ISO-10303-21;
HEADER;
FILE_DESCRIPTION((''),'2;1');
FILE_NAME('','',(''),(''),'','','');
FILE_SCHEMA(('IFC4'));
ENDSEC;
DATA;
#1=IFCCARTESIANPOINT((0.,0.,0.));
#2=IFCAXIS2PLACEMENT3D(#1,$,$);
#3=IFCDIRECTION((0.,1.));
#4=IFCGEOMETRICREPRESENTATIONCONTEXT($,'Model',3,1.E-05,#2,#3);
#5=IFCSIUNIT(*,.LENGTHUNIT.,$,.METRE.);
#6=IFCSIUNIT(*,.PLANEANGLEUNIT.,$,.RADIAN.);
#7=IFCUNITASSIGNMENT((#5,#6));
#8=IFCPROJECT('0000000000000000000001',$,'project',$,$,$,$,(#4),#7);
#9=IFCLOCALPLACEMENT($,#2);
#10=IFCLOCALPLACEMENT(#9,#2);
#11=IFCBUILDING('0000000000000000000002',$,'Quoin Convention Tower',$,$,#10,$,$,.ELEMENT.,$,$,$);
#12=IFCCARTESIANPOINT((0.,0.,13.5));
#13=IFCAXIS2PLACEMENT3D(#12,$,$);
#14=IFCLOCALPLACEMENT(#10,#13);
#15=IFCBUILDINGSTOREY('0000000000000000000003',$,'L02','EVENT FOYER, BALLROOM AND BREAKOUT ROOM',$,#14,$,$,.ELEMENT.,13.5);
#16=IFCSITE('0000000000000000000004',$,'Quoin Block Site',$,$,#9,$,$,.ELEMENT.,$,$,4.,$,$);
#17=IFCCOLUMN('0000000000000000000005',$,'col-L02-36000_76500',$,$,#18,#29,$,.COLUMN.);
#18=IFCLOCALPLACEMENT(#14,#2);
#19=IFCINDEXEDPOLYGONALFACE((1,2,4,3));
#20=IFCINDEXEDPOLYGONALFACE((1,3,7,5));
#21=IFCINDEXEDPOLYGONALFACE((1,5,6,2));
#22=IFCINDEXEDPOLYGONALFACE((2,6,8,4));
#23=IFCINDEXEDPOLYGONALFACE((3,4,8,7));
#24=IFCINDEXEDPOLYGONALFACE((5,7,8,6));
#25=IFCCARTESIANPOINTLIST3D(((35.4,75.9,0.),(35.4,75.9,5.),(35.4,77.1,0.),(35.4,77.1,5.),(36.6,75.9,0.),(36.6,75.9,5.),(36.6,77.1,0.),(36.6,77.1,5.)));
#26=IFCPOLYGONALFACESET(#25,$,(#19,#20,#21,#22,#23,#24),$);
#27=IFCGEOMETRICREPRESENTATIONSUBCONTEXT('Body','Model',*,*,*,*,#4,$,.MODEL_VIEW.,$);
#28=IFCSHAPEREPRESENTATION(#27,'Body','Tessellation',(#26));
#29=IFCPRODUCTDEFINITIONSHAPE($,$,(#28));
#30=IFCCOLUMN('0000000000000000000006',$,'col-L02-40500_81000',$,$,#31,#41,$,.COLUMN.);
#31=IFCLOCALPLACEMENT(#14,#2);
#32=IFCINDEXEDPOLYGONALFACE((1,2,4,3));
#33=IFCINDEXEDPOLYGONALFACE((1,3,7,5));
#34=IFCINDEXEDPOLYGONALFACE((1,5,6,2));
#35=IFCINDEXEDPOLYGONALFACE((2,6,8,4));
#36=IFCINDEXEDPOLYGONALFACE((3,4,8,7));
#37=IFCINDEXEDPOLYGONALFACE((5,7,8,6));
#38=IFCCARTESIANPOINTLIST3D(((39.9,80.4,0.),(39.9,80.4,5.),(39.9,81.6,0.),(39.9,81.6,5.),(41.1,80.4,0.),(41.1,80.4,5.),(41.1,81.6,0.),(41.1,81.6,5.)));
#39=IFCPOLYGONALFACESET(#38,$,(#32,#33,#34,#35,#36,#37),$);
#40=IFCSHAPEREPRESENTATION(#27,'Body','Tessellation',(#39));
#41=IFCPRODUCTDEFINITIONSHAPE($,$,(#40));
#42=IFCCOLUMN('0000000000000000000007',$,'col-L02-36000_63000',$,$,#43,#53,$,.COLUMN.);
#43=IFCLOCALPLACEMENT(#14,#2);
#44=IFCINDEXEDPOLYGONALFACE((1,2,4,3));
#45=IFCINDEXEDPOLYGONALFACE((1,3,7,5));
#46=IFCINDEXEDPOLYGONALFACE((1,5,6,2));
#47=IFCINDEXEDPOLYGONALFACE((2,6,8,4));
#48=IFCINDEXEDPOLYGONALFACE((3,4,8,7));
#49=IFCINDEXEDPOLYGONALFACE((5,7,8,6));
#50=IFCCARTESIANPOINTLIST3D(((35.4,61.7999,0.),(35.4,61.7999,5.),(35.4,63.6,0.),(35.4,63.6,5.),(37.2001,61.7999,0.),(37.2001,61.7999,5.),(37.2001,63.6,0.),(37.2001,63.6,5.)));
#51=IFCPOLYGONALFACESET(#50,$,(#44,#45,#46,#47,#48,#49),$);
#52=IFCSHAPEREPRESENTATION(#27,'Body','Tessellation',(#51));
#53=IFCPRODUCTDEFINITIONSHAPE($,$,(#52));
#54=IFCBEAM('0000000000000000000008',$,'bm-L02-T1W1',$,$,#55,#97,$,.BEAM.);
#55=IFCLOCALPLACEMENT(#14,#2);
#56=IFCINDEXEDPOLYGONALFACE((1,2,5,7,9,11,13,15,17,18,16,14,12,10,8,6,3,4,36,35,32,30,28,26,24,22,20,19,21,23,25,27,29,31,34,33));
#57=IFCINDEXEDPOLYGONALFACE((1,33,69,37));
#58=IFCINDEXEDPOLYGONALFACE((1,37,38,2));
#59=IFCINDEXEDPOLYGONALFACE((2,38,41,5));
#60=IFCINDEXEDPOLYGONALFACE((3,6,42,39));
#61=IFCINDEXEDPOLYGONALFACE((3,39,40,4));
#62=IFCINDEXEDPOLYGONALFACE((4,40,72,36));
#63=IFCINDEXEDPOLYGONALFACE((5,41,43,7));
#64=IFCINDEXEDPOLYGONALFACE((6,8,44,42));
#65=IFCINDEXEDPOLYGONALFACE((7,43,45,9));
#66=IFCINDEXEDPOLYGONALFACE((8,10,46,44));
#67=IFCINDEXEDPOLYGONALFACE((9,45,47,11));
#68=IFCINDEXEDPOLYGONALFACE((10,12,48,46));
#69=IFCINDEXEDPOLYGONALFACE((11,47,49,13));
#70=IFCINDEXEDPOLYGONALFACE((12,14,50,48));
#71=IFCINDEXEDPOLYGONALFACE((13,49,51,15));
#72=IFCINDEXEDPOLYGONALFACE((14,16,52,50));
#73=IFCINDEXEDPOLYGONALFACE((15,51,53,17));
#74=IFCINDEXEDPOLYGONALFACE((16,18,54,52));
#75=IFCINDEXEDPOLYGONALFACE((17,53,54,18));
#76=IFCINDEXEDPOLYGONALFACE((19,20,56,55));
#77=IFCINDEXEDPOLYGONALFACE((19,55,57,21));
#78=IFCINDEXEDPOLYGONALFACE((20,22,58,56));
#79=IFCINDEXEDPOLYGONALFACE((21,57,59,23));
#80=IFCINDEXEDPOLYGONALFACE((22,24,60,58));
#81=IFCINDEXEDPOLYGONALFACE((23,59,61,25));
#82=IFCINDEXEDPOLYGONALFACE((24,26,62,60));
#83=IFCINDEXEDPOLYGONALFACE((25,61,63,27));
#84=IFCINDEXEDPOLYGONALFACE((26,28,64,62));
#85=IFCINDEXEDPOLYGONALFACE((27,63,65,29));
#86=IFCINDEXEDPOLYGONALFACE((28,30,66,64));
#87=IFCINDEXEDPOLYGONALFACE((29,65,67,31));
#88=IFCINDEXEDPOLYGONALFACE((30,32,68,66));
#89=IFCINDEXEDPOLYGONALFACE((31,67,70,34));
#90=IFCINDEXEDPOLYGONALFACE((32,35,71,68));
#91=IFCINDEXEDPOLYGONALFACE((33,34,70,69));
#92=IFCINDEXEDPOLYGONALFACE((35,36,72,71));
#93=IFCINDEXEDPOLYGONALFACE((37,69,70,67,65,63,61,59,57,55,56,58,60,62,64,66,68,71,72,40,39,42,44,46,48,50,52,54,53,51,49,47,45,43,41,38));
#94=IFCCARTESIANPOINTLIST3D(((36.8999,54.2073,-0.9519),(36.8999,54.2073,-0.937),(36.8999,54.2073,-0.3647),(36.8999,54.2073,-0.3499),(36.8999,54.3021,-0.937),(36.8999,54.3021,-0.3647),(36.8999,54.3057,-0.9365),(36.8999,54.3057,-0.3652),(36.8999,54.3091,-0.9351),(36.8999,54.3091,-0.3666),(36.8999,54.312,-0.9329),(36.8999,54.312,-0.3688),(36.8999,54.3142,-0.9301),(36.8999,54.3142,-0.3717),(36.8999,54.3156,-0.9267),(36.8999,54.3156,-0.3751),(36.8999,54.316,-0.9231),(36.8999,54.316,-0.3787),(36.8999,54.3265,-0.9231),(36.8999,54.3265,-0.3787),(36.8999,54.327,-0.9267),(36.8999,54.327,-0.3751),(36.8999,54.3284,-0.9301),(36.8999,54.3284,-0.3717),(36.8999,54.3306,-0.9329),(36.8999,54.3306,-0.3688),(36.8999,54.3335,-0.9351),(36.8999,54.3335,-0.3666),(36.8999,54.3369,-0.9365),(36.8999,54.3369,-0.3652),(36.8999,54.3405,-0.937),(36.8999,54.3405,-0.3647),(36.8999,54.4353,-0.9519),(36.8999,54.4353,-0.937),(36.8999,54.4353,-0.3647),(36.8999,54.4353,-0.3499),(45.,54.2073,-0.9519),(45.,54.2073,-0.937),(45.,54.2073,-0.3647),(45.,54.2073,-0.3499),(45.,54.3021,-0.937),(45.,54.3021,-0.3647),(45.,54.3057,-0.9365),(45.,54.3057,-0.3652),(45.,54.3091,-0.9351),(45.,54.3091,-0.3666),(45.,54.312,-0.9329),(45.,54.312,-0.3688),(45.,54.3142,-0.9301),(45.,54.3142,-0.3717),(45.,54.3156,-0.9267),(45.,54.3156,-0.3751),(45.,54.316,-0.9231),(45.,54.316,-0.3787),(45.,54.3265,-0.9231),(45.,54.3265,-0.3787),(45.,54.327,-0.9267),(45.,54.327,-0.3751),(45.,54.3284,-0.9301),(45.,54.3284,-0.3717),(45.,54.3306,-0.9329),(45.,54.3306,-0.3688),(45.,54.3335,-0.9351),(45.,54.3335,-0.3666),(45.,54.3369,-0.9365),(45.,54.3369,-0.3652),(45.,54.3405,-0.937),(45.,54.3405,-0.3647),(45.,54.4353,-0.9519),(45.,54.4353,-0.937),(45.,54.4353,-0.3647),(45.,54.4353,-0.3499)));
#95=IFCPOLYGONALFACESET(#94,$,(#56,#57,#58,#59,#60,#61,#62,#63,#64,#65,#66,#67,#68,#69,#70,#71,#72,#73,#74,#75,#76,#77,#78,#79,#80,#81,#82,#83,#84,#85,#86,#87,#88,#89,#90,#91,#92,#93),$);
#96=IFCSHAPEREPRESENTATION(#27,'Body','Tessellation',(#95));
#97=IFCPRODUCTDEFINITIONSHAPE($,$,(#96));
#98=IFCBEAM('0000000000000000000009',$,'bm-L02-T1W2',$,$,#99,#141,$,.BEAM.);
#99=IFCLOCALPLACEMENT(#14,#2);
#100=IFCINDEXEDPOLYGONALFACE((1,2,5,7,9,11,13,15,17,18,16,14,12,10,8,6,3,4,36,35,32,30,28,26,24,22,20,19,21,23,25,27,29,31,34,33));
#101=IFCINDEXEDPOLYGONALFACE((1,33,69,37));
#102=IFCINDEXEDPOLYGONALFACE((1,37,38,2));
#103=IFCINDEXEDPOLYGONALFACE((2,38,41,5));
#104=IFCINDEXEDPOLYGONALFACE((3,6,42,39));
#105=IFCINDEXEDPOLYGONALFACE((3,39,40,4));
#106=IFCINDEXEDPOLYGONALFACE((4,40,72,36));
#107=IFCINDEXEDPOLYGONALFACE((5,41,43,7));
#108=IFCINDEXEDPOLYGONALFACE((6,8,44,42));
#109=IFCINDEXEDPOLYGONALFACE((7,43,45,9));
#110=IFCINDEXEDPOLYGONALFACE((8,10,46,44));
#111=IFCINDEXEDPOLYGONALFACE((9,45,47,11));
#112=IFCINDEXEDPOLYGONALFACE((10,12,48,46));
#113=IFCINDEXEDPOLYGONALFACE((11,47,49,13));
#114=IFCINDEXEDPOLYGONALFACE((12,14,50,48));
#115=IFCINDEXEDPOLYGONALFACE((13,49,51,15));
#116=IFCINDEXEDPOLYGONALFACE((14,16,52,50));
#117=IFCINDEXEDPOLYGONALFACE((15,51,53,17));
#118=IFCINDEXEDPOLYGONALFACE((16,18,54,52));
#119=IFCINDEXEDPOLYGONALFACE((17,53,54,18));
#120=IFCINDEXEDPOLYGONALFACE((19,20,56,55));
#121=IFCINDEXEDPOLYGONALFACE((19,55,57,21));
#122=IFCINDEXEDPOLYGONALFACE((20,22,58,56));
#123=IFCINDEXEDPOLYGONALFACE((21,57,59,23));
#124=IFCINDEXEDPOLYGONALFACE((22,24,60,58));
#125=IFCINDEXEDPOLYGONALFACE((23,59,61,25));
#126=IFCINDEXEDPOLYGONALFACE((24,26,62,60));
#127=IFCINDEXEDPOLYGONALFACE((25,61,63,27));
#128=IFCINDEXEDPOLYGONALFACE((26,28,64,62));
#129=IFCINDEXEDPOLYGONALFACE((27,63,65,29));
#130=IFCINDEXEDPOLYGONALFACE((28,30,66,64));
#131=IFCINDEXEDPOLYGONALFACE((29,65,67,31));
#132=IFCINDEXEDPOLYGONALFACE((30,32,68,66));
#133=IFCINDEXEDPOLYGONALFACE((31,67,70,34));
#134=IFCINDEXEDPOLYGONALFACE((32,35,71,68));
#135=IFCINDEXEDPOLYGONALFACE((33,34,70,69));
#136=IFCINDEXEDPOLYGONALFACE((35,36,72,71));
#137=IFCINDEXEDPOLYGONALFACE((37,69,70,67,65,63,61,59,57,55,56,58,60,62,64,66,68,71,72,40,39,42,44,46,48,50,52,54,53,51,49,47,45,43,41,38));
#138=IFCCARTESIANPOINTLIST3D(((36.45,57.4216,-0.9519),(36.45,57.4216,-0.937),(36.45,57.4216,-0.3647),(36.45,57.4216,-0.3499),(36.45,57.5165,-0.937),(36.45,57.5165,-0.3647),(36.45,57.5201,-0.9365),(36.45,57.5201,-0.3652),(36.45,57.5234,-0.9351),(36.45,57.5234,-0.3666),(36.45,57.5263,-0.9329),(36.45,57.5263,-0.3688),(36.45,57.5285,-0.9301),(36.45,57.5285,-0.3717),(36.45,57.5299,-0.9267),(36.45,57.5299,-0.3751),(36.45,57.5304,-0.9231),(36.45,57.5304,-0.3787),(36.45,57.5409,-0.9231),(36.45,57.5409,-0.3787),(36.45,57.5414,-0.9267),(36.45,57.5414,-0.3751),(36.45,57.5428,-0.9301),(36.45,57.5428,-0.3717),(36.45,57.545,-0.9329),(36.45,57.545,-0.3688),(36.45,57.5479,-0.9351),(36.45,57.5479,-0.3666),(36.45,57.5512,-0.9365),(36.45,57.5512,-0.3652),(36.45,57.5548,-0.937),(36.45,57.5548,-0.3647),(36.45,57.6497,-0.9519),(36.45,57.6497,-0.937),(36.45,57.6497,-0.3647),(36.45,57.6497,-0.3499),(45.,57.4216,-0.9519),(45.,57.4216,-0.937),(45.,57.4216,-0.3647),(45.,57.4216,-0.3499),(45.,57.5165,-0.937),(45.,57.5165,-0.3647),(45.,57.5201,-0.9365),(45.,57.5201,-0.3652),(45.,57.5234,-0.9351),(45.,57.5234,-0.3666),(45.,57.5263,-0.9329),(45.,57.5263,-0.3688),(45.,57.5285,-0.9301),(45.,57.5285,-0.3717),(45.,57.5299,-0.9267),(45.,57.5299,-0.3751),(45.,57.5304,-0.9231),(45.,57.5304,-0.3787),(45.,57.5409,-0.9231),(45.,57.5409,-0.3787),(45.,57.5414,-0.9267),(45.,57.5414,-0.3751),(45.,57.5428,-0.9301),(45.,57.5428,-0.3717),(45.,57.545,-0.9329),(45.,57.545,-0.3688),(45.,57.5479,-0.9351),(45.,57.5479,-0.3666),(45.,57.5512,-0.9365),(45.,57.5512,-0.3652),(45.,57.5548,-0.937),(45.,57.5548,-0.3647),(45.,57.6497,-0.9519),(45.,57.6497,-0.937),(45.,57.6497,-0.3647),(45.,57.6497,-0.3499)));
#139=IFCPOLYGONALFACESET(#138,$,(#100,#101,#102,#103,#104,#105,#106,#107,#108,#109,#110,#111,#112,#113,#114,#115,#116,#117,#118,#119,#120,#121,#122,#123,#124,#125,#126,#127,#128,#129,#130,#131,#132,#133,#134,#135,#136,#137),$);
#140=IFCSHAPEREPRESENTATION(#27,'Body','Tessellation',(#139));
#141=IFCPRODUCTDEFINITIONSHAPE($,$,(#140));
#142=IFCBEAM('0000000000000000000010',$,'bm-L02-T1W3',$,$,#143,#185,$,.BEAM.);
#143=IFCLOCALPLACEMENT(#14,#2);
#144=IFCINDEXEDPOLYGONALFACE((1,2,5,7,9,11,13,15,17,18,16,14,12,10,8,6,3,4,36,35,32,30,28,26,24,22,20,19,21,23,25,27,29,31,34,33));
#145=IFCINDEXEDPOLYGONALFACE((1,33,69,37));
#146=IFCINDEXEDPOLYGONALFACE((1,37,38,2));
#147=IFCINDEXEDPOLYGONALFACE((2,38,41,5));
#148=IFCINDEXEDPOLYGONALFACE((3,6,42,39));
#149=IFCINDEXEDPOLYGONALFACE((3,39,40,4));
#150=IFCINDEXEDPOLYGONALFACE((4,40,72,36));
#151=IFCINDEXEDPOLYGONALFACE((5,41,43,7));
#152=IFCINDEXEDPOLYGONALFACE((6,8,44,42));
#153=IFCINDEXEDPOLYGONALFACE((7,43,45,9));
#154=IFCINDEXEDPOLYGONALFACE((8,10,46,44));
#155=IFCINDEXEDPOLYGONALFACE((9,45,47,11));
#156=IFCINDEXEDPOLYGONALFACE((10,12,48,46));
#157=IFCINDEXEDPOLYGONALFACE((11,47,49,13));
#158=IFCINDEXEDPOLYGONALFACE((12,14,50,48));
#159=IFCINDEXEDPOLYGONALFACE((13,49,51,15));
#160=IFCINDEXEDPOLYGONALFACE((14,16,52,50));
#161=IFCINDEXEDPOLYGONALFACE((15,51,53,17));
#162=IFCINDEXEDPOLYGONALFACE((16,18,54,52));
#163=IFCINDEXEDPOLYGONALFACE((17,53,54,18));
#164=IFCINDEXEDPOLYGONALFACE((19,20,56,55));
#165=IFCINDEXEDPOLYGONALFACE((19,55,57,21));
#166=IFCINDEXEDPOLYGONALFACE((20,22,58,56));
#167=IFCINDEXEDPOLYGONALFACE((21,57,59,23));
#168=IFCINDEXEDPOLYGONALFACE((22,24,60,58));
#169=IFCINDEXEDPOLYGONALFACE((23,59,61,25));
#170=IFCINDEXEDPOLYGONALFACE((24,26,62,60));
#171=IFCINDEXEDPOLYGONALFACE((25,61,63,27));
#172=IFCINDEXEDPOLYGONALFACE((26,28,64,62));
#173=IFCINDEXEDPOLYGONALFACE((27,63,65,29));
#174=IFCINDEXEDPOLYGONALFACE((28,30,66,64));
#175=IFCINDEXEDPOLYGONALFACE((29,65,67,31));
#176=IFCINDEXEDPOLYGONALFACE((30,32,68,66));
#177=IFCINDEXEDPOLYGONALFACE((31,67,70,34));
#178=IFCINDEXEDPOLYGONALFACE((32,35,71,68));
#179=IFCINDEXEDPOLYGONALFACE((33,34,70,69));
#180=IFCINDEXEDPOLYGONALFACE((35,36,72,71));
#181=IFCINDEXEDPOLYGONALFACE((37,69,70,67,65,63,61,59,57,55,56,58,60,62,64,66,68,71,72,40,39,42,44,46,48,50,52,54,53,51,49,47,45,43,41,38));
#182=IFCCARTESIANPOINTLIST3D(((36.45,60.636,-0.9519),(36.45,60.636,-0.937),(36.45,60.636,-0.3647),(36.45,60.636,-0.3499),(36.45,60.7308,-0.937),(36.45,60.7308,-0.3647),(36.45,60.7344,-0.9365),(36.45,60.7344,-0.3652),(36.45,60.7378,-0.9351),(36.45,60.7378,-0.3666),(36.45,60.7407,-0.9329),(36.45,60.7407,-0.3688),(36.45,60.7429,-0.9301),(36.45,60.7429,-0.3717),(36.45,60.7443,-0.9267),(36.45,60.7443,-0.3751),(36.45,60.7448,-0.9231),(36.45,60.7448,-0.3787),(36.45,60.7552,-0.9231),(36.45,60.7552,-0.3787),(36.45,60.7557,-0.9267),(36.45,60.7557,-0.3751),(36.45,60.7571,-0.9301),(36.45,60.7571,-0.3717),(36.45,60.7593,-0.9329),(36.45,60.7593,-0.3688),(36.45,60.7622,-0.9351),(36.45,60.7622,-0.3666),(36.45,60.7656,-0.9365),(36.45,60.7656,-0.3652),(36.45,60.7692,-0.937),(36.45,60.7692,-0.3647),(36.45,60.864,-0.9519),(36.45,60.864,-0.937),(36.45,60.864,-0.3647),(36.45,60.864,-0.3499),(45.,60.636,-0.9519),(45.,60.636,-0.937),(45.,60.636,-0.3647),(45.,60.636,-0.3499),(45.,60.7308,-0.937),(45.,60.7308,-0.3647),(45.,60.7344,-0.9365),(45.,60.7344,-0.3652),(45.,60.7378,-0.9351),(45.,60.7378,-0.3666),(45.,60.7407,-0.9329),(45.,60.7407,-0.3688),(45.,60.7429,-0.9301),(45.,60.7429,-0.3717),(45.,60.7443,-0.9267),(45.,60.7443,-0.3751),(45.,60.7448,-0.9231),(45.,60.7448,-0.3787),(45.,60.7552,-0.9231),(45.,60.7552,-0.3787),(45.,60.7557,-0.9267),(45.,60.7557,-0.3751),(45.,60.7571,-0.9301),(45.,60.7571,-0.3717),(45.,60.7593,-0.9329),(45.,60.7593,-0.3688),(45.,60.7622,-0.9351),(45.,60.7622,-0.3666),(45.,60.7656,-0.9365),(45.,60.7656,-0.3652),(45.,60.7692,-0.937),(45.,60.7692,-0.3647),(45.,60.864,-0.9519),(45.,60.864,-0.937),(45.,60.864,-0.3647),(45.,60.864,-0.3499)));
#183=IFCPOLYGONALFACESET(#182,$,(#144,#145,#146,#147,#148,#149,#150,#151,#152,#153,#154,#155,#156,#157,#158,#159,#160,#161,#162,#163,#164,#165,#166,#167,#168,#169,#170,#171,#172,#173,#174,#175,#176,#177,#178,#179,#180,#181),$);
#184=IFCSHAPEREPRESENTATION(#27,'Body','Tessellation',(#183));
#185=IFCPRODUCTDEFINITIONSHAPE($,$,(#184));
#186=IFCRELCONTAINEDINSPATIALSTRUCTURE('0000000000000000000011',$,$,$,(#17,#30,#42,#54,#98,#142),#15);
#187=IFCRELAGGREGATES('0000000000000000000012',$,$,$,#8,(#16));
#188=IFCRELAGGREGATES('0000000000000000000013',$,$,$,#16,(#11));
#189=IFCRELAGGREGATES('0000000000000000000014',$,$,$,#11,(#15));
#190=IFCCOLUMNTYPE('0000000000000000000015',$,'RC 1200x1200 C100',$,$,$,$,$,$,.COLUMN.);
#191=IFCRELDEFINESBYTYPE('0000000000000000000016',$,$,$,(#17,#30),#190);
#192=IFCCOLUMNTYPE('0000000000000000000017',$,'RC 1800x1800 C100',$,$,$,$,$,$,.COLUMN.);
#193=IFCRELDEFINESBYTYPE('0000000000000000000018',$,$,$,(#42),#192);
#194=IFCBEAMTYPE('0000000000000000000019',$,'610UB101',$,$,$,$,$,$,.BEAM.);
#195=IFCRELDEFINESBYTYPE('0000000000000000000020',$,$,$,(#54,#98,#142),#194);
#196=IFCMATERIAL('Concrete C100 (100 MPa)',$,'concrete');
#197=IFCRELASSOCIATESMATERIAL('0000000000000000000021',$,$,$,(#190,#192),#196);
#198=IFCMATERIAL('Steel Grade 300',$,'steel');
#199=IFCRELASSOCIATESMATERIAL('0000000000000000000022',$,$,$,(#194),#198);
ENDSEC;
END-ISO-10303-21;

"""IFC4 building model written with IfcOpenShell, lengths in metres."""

from ifc_helpers import new_model, si_unit, direction, frame, origin, origin_2d, place, context, subcontext, project, spatial, rectangle, i_section, extrude, material, material_profile, profile_set, type_object, element, save


model = new_model("IFC4")

# Units and contexts
model_context = context("Model", 3, precision=1e-05, world=origin(), true_north=direction((0.0, 1.0)))
body_context = subcontext(model_context, "Body", "Model", "MODEL_VIEW")
ifc_project = project(units=[si_unit("LENGTHUNIT", "METRE"), si_unit("PLANEANGLEUNIT", "RADIAN")], contexts=[model_context])

# Site, building, storey
site_placement = place(None, origin())
site = spatial("IfcSite", under=ifc_project, at=site_placement, Name="Quoin Block Site", CompositionType="ELEMENT", RefElevation=4.0)
building_placement = place(site_placement, origin())
building = spatial("IfcBuilding", under=site, at=building_placement, Name="Quoin Convention Tower", CompositionType="ELEMENT")
storey_placement = place(building_placement, frame((0.0, 0.0, 13.5)))
storey = spatial("IfcBuildingStorey", under=building, at=storey_placement, Name="L02", Description="EVENT FOYER, BALLROOM AND BREAKOUT ROOM", CompositionType="ELEMENT", Elevation=13.5)

# Columns
ifc_material_1 = material(Name="Concrete C100 (100 MPa)", Category="concrete")
ifc_material_profile_1 = material_profile(ifc_material_1, rectangle(XDim=1.2, YDim=1.2, at=origin_2d()), Name="RC 1200x1200")
ifc_profile_set_1 = profile_set([ifc_material_profile_1], Name="Concrete C100 (100 MPa)")
column_type_1 = type_object("IfcColumnType", Name="RC 1200x1200 C100", PredefinedType="COLUMN", material=ifc_profile_set_1)
for number, where, z_axis, x_axis, name in (
    (1, (36.0, 76.5, 0.0), (0.0, 0.0, 1.0), (1.0, 0.0, 0.0), "col-L02-36000_76500"),
    (2, (40.5, 81.0, 0.0), (0.0, 0.0, 1.0), (1.0, 0.0, 0.0), "col-L02-40500_81000"),
):
    element("IfcColumn", number, at=place(storey_placement, frame(where, z_axis=z_axis, x_axis=x_axis)), inside=storey, type_object=column_type_1, Name=name, PredefinedType="COLUMN", context=body_context, shape_type="SweptSolid", body=[
        extrude(rectangle(XDim=1.2, YDim=1.2, at=origin_2d()), origin(), (0.0, 0.0, 1.0), 5.0),
    ])
ifc_material_profile_2 = material_profile(ifc_material_1, rectangle(XDim=1.8, YDim=1.8, at=origin_2d()), Name="RC 1800x1800")
ifc_profile_set_2 = profile_set([ifc_material_profile_2], Name="Concrete C100 (100 MPa)")
column_type_2 = type_object("IfcColumnType", Name="RC 1800x1800 C100", PredefinedType="COLUMN", material=ifc_profile_set_2)
column_placement = place(storey_placement, frame((36.3, 62.7, 0.0), z_axis=(0.0, 0.0, 1.0), x_axis=(1.0, 0.0, 0.0)))
element("IfcColumn", 3, at=column_placement, inside=storey, type_object=column_type_2, Name="col-L02-36000_63000", PredefinedType="COLUMN", context=body_context, shape_type="SweptSolid", body=[
    extrude(rectangle(XDim=1.8, YDim=1.8, at=origin_2d()), origin(), (0.0, 0.0, 1.0), 5.0),
])

# Beams
ifc_material_2 = material(Name="Steel Grade 300", Category="steel")
ifc_material_profile_3 = material_profile(ifc_material_2, i_section(OverallWidth=0.228, OverallDepth=0.6021, WebThickness=0.0105, FlangeThickness=0.0149, FilletRadius=0.0139, at=origin_2d()), Name="610UB101")
ifc_profile_set_3 = profile_set([ifc_material_profile_3], Name="Steel Grade 300")
beam_type_1 = type_object("IfcBeamType", Name="610UB101", PredefinedType="BEAM", material=ifc_profile_set_3)
beam_1_placement = place(storey_placement, frame((36.8999, 54.3213, -0.6509), z_axis=(1.0, 0.0, 0.0), x_axis=(0.0, 1.0, 0.0)))
element("IfcBeam", 4, at=beam_1_placement, inside=storey, type_object=beam_type_1, Name="bm-L02-T1W1", PredefinedType="BEAM", context=body_context, shape_type="SweptSolid", body=[
    extrude(i_section(OverallWidth=0.228, OverallDepth=0.6021, WebThickness=0.0105, FlangeThickness=0.0149, FilletRadius=0.0139, at=origin_2d()), origin(), (0.0, 0.0, 1.0), 8.1001),
])
for number, where, z_axis, x_axis, name in (
    (5, (36.45, 57.5356, -0.6509), (1.0, 0.0, 0.0), (0.0, 1.0, 0.0), "bm-L02-T1W2"),
    (6, (36.45, 60.75, -0.6509), (1.0, 0.0, 0.0), (0.0, 1.0, 0.0), "bm-L02-T1W3"),
):
    element("IfcBeam", number, at=place(storey_placement, frame(where, z_axis=z_axis, x_axis=x_axis)), inside=storey, type_object=beam_type_1, Name=name, PredefinedType="BEAM", context=body_context, shape_type="SweptSolid", body=[
        extrude(i_section(OverallWidth=0.228, OverallDepth=0.6021, WebThickness=0.0105, FlangeThickness=0.0149, FilletRadius=0.0139, at=origin_2d()), origin(), (0.0, 0.0, 1.0), 8.55),
    ])

save(model, "model.ifc")
